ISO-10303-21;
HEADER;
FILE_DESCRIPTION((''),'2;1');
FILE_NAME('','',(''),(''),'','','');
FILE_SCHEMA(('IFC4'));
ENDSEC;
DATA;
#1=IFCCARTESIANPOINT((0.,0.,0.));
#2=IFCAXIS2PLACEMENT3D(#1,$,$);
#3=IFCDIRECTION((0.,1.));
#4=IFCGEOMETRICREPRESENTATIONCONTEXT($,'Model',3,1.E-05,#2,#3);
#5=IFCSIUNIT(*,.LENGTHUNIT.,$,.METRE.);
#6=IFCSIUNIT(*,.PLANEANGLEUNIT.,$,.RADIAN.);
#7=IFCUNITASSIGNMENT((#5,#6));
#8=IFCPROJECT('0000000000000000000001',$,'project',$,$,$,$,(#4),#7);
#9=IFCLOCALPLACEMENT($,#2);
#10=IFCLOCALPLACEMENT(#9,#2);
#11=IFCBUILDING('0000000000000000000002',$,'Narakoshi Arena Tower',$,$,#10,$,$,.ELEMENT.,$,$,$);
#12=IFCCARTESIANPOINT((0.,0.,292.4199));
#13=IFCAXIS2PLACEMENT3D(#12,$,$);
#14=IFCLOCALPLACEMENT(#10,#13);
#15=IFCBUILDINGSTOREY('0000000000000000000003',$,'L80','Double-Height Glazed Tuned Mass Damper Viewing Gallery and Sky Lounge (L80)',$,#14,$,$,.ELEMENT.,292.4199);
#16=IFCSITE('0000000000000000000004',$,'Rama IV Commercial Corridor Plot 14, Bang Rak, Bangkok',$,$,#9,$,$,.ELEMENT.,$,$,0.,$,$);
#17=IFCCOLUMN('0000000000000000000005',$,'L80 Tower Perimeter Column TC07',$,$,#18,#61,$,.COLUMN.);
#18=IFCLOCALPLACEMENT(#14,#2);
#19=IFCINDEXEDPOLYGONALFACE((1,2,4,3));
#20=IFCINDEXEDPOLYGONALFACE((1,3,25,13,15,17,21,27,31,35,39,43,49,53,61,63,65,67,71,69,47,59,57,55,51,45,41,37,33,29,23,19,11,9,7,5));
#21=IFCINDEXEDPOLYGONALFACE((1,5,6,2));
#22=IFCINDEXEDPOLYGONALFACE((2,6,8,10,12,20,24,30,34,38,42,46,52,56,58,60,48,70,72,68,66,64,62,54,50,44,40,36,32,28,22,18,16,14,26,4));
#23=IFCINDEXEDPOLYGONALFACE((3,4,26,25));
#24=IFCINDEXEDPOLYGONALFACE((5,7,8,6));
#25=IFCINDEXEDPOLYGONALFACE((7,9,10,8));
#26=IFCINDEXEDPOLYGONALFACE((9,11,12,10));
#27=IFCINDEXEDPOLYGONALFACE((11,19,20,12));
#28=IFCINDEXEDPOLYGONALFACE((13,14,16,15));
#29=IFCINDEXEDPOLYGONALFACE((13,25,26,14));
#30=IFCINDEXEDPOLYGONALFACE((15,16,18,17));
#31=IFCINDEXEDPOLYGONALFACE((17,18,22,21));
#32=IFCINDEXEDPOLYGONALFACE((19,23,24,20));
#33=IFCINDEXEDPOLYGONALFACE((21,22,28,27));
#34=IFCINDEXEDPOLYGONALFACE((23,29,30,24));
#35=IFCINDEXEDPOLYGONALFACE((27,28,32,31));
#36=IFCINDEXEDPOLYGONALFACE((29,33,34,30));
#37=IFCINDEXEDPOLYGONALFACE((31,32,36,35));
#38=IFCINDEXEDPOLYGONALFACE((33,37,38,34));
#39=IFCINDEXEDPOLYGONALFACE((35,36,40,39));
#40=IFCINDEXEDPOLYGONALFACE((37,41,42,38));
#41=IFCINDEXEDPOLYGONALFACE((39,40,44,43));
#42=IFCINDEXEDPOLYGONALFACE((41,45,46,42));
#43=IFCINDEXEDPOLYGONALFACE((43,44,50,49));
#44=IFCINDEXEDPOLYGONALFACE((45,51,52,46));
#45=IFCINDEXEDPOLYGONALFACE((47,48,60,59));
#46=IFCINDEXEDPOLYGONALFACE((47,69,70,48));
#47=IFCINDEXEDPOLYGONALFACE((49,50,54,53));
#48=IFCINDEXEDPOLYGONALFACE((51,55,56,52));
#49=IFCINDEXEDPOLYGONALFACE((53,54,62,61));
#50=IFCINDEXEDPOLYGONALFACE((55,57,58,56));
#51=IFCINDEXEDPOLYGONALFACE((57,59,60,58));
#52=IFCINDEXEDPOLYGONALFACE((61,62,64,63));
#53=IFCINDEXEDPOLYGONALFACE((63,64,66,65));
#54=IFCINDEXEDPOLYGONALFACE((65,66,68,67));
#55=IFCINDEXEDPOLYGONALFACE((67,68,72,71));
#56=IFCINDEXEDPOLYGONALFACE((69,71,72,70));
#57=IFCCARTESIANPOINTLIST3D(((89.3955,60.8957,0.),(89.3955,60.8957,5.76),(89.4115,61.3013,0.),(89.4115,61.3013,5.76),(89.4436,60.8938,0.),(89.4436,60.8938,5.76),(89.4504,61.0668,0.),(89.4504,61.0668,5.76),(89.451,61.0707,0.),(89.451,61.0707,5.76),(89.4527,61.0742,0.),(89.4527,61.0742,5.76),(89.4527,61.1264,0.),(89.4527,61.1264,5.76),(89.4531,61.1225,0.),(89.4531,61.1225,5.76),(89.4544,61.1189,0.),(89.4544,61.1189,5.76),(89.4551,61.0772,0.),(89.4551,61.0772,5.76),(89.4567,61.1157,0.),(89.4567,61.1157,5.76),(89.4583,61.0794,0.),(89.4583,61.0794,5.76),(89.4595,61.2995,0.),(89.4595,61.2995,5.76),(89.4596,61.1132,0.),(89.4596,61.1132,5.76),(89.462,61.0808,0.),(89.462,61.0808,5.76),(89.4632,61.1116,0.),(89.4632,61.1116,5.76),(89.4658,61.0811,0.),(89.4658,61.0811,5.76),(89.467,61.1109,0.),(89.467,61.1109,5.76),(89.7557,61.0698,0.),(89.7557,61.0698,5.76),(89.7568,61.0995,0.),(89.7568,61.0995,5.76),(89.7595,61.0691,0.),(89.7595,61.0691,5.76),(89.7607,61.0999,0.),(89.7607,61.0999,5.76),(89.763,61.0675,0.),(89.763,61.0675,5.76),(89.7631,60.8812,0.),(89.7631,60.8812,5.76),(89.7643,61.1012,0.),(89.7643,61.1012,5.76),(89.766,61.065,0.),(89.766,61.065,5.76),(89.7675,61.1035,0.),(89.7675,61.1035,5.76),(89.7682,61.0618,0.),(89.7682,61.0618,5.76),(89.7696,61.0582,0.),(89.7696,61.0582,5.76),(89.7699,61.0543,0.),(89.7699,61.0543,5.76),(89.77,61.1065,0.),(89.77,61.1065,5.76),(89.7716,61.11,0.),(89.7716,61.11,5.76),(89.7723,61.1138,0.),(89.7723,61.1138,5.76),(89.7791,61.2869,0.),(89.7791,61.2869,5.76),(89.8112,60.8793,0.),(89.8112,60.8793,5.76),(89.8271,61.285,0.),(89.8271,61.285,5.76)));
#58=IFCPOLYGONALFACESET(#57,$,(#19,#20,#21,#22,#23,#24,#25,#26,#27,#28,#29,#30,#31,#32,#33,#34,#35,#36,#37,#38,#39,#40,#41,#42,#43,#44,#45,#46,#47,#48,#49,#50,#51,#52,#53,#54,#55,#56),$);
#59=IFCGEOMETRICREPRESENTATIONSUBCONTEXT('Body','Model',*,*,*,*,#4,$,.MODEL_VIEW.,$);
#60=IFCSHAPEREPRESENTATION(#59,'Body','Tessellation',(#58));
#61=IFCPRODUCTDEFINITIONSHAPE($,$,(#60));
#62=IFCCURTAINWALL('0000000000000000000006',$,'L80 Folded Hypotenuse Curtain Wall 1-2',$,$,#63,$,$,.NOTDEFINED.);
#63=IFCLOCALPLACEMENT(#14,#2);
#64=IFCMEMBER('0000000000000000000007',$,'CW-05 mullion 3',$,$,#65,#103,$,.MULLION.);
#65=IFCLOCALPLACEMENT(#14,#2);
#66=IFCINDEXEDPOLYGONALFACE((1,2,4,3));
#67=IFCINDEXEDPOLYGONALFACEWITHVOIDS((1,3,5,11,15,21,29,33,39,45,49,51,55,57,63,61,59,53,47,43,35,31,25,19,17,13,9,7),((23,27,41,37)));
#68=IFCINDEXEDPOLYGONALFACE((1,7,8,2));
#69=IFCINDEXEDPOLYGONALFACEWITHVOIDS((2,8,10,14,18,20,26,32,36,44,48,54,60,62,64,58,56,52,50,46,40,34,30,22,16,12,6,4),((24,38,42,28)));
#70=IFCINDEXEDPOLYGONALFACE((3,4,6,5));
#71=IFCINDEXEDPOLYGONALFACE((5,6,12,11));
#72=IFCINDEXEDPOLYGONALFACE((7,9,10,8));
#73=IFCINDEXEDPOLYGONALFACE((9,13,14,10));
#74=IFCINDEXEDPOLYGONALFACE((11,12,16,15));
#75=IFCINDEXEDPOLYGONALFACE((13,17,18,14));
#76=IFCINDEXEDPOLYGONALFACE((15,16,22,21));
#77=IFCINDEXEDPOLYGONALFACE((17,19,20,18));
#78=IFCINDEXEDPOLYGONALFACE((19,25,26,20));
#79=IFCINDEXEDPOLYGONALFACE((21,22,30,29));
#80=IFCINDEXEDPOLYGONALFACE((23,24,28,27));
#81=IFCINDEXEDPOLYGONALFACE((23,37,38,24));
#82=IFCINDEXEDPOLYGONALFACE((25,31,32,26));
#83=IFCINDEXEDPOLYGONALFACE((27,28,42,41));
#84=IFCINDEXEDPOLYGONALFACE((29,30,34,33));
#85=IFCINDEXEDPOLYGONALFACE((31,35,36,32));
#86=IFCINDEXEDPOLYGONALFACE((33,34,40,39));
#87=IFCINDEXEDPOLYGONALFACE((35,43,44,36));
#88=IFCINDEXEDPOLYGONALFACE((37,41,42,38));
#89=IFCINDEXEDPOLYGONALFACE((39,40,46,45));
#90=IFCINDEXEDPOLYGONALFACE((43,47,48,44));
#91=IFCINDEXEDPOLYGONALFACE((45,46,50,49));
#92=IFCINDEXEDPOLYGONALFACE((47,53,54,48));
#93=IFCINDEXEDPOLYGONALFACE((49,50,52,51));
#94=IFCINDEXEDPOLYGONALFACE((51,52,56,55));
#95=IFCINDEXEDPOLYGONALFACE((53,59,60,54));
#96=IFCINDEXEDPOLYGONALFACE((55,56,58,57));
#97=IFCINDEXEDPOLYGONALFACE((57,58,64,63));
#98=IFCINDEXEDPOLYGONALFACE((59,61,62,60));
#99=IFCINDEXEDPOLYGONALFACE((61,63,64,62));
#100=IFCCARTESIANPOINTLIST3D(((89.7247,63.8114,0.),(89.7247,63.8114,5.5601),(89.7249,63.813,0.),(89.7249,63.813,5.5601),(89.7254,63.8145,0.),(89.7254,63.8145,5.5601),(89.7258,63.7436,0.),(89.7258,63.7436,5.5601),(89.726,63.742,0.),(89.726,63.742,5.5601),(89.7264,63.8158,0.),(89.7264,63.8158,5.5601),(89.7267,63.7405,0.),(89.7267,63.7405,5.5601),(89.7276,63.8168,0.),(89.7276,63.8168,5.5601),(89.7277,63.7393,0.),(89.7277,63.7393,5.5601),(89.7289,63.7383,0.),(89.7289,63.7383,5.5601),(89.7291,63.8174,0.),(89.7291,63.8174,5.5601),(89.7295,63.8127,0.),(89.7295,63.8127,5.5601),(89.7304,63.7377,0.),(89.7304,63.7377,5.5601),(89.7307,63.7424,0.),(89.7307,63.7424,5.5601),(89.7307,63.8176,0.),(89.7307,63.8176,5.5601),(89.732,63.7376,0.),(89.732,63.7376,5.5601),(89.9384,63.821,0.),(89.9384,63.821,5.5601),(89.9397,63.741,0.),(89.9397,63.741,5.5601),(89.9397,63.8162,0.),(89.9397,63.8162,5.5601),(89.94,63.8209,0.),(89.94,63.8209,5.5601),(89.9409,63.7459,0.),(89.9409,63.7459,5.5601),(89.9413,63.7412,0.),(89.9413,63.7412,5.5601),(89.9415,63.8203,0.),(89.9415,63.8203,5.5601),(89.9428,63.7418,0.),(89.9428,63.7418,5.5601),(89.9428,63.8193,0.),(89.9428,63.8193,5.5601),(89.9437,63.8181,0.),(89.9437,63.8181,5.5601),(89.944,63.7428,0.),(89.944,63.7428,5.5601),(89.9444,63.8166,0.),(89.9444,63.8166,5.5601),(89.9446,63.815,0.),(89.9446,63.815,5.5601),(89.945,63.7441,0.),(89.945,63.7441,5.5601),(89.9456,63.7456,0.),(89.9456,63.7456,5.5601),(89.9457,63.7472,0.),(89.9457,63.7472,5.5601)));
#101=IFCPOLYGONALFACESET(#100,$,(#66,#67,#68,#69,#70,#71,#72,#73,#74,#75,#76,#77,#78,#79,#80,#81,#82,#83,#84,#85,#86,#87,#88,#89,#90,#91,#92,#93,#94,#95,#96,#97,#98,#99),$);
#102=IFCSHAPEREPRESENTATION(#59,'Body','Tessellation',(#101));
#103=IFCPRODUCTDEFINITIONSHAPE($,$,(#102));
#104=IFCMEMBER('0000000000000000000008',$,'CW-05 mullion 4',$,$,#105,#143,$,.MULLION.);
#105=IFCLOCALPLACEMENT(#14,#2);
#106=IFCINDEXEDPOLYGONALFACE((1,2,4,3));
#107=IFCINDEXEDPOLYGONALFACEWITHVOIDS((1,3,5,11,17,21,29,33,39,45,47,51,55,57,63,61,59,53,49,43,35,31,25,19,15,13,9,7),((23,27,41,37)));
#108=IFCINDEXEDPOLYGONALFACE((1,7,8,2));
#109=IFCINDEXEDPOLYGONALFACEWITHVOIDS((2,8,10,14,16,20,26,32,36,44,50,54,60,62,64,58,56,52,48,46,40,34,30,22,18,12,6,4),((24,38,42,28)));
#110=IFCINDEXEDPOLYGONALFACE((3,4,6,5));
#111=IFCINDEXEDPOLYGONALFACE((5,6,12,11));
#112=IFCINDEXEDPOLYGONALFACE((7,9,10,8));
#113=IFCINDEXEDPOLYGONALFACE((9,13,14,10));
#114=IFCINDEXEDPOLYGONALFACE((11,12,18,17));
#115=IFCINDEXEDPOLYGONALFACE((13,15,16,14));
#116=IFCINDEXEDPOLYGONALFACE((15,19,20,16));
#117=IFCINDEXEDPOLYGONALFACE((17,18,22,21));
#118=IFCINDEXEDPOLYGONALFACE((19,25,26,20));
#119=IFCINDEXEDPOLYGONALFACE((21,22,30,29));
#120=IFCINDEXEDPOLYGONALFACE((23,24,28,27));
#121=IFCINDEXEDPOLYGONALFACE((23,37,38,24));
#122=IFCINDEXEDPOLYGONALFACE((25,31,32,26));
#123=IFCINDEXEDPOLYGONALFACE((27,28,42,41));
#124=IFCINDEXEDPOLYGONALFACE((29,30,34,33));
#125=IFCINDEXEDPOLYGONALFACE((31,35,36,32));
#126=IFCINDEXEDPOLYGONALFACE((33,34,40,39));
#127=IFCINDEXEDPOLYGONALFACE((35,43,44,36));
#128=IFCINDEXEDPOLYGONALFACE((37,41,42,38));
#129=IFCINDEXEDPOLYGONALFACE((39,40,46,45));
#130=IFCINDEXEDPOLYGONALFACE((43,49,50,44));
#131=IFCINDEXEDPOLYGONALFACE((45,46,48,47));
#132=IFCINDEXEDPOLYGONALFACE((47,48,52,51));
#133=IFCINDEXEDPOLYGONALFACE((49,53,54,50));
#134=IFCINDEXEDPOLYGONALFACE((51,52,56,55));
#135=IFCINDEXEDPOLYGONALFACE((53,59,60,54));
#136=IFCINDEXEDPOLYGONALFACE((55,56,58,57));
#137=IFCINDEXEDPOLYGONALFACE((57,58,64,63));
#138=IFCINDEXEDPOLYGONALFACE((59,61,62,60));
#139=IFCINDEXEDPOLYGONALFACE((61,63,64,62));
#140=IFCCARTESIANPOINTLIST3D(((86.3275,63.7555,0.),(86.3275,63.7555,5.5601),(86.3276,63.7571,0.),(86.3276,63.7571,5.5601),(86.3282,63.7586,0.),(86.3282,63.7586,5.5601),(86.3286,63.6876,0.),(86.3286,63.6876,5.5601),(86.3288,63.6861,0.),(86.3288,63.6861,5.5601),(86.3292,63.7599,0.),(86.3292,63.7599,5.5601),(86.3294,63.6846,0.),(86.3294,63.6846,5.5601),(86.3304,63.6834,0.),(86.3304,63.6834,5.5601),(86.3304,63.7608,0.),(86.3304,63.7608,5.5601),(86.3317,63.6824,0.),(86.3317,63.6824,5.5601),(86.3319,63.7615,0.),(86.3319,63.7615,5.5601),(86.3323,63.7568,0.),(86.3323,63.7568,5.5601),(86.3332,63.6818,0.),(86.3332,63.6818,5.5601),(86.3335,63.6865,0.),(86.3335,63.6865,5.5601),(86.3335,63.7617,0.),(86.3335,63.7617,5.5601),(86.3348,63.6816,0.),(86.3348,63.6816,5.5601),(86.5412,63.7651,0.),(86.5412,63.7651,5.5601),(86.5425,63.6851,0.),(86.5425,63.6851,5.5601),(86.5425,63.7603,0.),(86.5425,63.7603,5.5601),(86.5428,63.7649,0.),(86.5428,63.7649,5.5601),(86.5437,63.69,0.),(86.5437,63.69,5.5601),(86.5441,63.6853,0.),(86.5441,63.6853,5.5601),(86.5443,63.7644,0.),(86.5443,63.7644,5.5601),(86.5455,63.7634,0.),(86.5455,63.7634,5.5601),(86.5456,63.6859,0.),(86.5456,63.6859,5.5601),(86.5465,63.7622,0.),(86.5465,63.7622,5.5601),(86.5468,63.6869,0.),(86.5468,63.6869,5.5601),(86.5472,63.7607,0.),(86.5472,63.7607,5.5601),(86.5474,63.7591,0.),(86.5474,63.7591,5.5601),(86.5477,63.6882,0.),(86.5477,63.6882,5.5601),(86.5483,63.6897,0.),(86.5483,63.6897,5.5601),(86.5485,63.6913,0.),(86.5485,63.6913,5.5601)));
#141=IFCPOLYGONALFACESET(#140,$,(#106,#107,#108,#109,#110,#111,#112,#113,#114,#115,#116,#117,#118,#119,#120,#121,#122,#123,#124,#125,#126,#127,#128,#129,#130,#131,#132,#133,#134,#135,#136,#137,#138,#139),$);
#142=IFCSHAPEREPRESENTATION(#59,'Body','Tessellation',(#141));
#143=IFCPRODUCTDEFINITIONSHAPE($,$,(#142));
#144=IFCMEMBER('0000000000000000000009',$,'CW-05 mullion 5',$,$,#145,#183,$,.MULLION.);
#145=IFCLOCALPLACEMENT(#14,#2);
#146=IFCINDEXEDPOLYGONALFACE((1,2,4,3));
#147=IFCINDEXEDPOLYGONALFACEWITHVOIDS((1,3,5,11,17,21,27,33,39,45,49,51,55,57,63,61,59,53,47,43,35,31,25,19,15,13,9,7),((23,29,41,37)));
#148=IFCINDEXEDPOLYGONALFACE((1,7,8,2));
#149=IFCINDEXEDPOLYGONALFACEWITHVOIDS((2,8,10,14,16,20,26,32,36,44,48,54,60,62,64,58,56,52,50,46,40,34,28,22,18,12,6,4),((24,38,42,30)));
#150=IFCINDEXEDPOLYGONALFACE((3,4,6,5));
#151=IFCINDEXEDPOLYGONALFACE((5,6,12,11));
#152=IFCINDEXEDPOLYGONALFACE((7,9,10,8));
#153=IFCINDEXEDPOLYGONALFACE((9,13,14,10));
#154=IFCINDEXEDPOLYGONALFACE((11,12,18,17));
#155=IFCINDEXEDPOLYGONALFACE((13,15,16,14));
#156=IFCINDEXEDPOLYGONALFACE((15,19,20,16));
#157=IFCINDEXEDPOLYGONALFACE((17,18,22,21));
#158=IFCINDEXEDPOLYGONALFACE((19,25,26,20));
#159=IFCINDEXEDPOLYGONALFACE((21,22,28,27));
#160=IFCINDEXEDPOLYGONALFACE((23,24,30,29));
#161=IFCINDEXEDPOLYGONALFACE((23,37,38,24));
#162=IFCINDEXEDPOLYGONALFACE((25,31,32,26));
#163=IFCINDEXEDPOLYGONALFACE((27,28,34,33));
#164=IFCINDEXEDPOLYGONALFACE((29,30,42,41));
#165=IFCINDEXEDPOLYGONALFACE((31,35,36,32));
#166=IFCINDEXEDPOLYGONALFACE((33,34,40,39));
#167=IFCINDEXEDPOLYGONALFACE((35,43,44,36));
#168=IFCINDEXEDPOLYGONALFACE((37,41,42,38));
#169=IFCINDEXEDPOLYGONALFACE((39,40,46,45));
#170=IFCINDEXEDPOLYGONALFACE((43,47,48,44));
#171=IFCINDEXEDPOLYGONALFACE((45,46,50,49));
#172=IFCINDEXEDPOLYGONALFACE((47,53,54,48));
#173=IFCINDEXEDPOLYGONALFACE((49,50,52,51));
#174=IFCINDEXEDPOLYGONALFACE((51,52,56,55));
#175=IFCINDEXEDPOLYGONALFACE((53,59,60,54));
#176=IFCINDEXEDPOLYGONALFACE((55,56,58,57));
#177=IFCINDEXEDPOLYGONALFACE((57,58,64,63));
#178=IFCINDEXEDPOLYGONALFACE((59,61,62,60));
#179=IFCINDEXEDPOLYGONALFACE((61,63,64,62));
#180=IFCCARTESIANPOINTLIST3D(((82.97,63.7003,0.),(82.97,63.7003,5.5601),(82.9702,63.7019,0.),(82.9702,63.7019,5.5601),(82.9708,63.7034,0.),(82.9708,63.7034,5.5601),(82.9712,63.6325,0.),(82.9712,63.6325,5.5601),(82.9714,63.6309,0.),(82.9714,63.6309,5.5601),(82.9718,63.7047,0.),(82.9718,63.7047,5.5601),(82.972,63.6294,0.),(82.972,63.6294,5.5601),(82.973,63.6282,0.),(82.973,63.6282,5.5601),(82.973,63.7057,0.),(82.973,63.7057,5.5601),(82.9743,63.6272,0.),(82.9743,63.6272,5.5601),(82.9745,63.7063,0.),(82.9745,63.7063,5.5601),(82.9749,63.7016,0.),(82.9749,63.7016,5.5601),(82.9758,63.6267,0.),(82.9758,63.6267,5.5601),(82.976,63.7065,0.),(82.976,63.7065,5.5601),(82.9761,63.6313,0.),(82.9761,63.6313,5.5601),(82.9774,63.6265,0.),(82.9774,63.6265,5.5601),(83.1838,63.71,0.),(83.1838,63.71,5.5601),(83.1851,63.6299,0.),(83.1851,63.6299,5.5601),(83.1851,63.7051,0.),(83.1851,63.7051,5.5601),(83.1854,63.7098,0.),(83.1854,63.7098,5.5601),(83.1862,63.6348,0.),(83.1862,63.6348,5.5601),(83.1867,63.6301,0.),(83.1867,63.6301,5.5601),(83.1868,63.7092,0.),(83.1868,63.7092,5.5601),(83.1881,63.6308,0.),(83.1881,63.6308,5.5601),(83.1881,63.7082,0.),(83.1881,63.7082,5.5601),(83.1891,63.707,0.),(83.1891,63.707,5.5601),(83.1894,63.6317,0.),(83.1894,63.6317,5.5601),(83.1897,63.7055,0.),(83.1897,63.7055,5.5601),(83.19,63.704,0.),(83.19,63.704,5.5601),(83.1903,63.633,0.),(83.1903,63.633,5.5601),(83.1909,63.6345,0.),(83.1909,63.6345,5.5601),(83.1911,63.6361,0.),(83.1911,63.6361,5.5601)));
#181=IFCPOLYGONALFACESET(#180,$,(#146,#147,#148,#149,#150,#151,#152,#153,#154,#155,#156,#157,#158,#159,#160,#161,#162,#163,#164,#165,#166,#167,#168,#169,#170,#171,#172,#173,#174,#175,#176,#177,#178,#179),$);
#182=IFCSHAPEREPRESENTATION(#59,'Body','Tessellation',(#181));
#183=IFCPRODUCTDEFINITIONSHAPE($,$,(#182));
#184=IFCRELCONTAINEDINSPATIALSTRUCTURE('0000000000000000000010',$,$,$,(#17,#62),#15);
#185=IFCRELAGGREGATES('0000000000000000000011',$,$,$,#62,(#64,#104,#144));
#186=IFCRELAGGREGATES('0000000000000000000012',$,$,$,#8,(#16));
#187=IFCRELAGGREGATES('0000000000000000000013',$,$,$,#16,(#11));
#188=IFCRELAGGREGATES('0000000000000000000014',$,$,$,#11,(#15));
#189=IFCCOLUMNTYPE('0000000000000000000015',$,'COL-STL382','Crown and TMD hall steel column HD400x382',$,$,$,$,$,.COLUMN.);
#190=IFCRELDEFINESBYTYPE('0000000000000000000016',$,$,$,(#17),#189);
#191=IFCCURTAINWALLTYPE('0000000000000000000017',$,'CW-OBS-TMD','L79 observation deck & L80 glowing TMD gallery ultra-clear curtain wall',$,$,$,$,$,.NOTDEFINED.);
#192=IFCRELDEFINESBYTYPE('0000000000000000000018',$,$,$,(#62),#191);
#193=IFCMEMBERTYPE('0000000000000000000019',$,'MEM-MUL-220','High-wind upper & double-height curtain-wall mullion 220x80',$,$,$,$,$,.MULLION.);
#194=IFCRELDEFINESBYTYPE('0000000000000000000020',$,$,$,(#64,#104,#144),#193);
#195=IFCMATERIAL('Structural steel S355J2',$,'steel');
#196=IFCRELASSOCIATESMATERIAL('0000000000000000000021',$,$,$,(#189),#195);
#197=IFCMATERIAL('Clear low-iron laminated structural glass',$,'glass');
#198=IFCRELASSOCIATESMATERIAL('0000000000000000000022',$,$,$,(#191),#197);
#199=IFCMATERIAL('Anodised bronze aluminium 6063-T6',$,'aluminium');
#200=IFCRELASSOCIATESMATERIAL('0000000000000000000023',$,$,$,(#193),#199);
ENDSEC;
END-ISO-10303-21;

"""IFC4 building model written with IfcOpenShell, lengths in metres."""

from ifc_helpers import new_model, si_unit, direction, frame, origin, origin_2d, place, context, subcontext, project, spatial, hollow_rectangle, i_section, extrude, material, material_profile, profile_set, type_object, element, aggregate, save


model = new_model("IFC4")

# Units and contexts
model_context = context("Model", 3, precision=1e-05, world=origin(), true_north=direction((0.0, 1.0)))
body_context = subcontext(model_context, "Body", "Model", "MODEL_VIEW")
ifc_project = project(units=[si_unit("LENGTHUNIT", "METRE"), si_unit("PLANEANGLEUNIT", "RADIAN")], contexts=[model_context])

# Site, building, storey
site_placement = place(None, origin())
site = spatial("IfcSite", under=ifc_project, at=site_placement, Name="Rama IV Commercial Corridor Plot 14, Bang Rak, Bangkok", CompositionType="ELEMENT", RefElevation=0.0)
building_placement = place(site_placement, origin())
building = spatial("IfcBuilding", under=site, at=building_placement, Name="Narakoshi Arena Tower", CompositionType="ELEMENT")
storey_placement = place(building_placement, frame((0.0, 0.0, 292.4199)))
storey = spatial("IfcBuildingStorey", under=building, at=storey_placement, Name="L80", Description="Double-Height Glazed Tuned Mass Damper Viewing Gallery and Sky Lounge (L80)", CompositionType="ELEMENT", Elevation=292.4199)

# Column
ifc_material_1 = material(Name="Structural steel S355J2", Category="steel")
ifc_material_profile_1 = material_profile(ifc_material_1, i_section(OverallWidth=0.406, OverallDepth=0.416, WebThickness=0.0298, FlangeThickness=0.0481, FilletRadius=0.0149, at=origin_2d()), Name="HD400x382")
ifc_profile_set_1 = profile_set([ifc_material_profile_1], Name="Structural steel S355J2")
column_type = type_object("IfcColumnType", Name="COL-STL382", Description="Crown and TMD hall steel column HD400x382", PredefinedType="COLUMN", material=ifc_profile_set_1)
column_placement = place(storey_placement, frame((89.6113, 61.0903, 0.0), z_axis=(0.0, 0.0, 1.0), x_axis=(0.03926, 0.999229, 0.0)))
element("IfcColumn", 1, at=column_placement, inside=storey, type_object=column_type, Name="L80 Tower Perimeter Column TC07", PredefinedType="COLUMN", context=body_context, shape_type="SweptSolid", body=[
    extrude(i_section(OverallWidth=0.406, OverallDepth=0.416, WebThickness=0.0298, FlangeThickness=0.0481, FilletRadius=0.0149, at=origin_2d()), origin(), (0.0, 0.0, 1.0), 5.76),
])

# Curtain wall, members
ifc_material_2 = material(Name="Clear low-iron laminated structural glass", Category="glass")
curtain_wall_type = type_object("IfcCurtainWallType", Name="CW-OBS-TMD", Description="L79 observation deck & L80 glowing TMD gallery ultra-clear curtain wall", PredefinedType="NOTDEFINED", material=ifc_material_2)
curtain_wall_placement = place(storey_placement, origin())
curtain_wall = element("IfcCurtainWall", 2, at=curtain_wall_placement, inside=storey, type_object=curtain_wall_type, Name="L80 Folded Hypotenuse Curtain Wall 1-2", PredefinedType="NOTDEFINED")
ifc_material_3 = material(Name="Anodised bronze aluminium 6063-T6", Category="aluminium")
ifc_material_profile_2 = material_profile(ifc_material_3, hollow_rectangle(XDim=0.0801, YDim=0.22, WallThickness=0.0049, OuterFilletRadius=0.0061, at=origin_2d()), Name="MUL220x80x5")
ifc_profile_set_2 = profile_set([ifc_material_profile_2], Name="Anodised bronze aluminium 6063-T6")
member_type_1 = type_object("IfcMemberType", Name="MEM-MUL-220", Description="High-wind upper & double-height curtain-wall mullion 220x80", PredefinedType="MULLION", material=ifc_profile_set_2)
member_1_placement = place(storey_placement, frame((89.8352, 63.7793, 0.0), z_axis=(0.0, 0.0, 1.0), x_axis=(0.016437, -0.999865, 0.0)))
member_1 = element("IfcMember", 3, at=member_1_placement, type_object=member_type_1, Name="CW-05 mullion 3", PredefinedType="MULLION", context=body_context, shape_type="SweptSolid", body=[
    extrude(hollow_rectangle(XDim=0.0801, YDim=0.22, WallThickness=0.0049, OuterFilletRadius=0.0061, at=origin_2d()), origin(), (0.0, 0.0, 1.0), 5.5601),
])
member_2_placement = place(storey_placement, frame((86.438, 63.7234, 0.0), z_axis=(0.0, 0.0, 1.0), x_axis=(0.016437, -0.999865, 0.0)))
member_2 = element("IfcMember", 4, at=member_2_placement, type_object=member_type_1, Name="CW-05 mullion 4", PredefinedType="MULLION", context=body_context, shape_type="SweptSolid", body=[
    extrude(hollow_rectangle(XDim=0.0801, YDim=0.22, WallThickness=0.0049, OuterFilletRadius=0.0061, at=origin_2d()), origin(), (0.0, 0.0, 1.0), 5.5601),
])
member_3_placement = place(storey_placement, frame((83.0806, 63.6682, 0.0), z_axis=(0.0, 0.0, 1.0), x_axis=(0.016437, -0.999865, 0.0)))
member_3 = element("IfcMember", 5, at=member_3_placement, type_object=member_type_1, Name="CW-05 mullion 5", PredefinedType="MULLION", context=body_context, shape_type="SweptSolid", body=[
    extrude(hollow_rectangle(XDim=0.0801, YDim=0.22, WallThickness=0.0049, OuterFilletRadius=0.0061, at=origin_2d()), origin(), (0.0, 0.0, 1.0), 5.5601),
])
aggregate(curtain_wall, [member_1, member_2, member_3])

save(model, "model.ifc")
